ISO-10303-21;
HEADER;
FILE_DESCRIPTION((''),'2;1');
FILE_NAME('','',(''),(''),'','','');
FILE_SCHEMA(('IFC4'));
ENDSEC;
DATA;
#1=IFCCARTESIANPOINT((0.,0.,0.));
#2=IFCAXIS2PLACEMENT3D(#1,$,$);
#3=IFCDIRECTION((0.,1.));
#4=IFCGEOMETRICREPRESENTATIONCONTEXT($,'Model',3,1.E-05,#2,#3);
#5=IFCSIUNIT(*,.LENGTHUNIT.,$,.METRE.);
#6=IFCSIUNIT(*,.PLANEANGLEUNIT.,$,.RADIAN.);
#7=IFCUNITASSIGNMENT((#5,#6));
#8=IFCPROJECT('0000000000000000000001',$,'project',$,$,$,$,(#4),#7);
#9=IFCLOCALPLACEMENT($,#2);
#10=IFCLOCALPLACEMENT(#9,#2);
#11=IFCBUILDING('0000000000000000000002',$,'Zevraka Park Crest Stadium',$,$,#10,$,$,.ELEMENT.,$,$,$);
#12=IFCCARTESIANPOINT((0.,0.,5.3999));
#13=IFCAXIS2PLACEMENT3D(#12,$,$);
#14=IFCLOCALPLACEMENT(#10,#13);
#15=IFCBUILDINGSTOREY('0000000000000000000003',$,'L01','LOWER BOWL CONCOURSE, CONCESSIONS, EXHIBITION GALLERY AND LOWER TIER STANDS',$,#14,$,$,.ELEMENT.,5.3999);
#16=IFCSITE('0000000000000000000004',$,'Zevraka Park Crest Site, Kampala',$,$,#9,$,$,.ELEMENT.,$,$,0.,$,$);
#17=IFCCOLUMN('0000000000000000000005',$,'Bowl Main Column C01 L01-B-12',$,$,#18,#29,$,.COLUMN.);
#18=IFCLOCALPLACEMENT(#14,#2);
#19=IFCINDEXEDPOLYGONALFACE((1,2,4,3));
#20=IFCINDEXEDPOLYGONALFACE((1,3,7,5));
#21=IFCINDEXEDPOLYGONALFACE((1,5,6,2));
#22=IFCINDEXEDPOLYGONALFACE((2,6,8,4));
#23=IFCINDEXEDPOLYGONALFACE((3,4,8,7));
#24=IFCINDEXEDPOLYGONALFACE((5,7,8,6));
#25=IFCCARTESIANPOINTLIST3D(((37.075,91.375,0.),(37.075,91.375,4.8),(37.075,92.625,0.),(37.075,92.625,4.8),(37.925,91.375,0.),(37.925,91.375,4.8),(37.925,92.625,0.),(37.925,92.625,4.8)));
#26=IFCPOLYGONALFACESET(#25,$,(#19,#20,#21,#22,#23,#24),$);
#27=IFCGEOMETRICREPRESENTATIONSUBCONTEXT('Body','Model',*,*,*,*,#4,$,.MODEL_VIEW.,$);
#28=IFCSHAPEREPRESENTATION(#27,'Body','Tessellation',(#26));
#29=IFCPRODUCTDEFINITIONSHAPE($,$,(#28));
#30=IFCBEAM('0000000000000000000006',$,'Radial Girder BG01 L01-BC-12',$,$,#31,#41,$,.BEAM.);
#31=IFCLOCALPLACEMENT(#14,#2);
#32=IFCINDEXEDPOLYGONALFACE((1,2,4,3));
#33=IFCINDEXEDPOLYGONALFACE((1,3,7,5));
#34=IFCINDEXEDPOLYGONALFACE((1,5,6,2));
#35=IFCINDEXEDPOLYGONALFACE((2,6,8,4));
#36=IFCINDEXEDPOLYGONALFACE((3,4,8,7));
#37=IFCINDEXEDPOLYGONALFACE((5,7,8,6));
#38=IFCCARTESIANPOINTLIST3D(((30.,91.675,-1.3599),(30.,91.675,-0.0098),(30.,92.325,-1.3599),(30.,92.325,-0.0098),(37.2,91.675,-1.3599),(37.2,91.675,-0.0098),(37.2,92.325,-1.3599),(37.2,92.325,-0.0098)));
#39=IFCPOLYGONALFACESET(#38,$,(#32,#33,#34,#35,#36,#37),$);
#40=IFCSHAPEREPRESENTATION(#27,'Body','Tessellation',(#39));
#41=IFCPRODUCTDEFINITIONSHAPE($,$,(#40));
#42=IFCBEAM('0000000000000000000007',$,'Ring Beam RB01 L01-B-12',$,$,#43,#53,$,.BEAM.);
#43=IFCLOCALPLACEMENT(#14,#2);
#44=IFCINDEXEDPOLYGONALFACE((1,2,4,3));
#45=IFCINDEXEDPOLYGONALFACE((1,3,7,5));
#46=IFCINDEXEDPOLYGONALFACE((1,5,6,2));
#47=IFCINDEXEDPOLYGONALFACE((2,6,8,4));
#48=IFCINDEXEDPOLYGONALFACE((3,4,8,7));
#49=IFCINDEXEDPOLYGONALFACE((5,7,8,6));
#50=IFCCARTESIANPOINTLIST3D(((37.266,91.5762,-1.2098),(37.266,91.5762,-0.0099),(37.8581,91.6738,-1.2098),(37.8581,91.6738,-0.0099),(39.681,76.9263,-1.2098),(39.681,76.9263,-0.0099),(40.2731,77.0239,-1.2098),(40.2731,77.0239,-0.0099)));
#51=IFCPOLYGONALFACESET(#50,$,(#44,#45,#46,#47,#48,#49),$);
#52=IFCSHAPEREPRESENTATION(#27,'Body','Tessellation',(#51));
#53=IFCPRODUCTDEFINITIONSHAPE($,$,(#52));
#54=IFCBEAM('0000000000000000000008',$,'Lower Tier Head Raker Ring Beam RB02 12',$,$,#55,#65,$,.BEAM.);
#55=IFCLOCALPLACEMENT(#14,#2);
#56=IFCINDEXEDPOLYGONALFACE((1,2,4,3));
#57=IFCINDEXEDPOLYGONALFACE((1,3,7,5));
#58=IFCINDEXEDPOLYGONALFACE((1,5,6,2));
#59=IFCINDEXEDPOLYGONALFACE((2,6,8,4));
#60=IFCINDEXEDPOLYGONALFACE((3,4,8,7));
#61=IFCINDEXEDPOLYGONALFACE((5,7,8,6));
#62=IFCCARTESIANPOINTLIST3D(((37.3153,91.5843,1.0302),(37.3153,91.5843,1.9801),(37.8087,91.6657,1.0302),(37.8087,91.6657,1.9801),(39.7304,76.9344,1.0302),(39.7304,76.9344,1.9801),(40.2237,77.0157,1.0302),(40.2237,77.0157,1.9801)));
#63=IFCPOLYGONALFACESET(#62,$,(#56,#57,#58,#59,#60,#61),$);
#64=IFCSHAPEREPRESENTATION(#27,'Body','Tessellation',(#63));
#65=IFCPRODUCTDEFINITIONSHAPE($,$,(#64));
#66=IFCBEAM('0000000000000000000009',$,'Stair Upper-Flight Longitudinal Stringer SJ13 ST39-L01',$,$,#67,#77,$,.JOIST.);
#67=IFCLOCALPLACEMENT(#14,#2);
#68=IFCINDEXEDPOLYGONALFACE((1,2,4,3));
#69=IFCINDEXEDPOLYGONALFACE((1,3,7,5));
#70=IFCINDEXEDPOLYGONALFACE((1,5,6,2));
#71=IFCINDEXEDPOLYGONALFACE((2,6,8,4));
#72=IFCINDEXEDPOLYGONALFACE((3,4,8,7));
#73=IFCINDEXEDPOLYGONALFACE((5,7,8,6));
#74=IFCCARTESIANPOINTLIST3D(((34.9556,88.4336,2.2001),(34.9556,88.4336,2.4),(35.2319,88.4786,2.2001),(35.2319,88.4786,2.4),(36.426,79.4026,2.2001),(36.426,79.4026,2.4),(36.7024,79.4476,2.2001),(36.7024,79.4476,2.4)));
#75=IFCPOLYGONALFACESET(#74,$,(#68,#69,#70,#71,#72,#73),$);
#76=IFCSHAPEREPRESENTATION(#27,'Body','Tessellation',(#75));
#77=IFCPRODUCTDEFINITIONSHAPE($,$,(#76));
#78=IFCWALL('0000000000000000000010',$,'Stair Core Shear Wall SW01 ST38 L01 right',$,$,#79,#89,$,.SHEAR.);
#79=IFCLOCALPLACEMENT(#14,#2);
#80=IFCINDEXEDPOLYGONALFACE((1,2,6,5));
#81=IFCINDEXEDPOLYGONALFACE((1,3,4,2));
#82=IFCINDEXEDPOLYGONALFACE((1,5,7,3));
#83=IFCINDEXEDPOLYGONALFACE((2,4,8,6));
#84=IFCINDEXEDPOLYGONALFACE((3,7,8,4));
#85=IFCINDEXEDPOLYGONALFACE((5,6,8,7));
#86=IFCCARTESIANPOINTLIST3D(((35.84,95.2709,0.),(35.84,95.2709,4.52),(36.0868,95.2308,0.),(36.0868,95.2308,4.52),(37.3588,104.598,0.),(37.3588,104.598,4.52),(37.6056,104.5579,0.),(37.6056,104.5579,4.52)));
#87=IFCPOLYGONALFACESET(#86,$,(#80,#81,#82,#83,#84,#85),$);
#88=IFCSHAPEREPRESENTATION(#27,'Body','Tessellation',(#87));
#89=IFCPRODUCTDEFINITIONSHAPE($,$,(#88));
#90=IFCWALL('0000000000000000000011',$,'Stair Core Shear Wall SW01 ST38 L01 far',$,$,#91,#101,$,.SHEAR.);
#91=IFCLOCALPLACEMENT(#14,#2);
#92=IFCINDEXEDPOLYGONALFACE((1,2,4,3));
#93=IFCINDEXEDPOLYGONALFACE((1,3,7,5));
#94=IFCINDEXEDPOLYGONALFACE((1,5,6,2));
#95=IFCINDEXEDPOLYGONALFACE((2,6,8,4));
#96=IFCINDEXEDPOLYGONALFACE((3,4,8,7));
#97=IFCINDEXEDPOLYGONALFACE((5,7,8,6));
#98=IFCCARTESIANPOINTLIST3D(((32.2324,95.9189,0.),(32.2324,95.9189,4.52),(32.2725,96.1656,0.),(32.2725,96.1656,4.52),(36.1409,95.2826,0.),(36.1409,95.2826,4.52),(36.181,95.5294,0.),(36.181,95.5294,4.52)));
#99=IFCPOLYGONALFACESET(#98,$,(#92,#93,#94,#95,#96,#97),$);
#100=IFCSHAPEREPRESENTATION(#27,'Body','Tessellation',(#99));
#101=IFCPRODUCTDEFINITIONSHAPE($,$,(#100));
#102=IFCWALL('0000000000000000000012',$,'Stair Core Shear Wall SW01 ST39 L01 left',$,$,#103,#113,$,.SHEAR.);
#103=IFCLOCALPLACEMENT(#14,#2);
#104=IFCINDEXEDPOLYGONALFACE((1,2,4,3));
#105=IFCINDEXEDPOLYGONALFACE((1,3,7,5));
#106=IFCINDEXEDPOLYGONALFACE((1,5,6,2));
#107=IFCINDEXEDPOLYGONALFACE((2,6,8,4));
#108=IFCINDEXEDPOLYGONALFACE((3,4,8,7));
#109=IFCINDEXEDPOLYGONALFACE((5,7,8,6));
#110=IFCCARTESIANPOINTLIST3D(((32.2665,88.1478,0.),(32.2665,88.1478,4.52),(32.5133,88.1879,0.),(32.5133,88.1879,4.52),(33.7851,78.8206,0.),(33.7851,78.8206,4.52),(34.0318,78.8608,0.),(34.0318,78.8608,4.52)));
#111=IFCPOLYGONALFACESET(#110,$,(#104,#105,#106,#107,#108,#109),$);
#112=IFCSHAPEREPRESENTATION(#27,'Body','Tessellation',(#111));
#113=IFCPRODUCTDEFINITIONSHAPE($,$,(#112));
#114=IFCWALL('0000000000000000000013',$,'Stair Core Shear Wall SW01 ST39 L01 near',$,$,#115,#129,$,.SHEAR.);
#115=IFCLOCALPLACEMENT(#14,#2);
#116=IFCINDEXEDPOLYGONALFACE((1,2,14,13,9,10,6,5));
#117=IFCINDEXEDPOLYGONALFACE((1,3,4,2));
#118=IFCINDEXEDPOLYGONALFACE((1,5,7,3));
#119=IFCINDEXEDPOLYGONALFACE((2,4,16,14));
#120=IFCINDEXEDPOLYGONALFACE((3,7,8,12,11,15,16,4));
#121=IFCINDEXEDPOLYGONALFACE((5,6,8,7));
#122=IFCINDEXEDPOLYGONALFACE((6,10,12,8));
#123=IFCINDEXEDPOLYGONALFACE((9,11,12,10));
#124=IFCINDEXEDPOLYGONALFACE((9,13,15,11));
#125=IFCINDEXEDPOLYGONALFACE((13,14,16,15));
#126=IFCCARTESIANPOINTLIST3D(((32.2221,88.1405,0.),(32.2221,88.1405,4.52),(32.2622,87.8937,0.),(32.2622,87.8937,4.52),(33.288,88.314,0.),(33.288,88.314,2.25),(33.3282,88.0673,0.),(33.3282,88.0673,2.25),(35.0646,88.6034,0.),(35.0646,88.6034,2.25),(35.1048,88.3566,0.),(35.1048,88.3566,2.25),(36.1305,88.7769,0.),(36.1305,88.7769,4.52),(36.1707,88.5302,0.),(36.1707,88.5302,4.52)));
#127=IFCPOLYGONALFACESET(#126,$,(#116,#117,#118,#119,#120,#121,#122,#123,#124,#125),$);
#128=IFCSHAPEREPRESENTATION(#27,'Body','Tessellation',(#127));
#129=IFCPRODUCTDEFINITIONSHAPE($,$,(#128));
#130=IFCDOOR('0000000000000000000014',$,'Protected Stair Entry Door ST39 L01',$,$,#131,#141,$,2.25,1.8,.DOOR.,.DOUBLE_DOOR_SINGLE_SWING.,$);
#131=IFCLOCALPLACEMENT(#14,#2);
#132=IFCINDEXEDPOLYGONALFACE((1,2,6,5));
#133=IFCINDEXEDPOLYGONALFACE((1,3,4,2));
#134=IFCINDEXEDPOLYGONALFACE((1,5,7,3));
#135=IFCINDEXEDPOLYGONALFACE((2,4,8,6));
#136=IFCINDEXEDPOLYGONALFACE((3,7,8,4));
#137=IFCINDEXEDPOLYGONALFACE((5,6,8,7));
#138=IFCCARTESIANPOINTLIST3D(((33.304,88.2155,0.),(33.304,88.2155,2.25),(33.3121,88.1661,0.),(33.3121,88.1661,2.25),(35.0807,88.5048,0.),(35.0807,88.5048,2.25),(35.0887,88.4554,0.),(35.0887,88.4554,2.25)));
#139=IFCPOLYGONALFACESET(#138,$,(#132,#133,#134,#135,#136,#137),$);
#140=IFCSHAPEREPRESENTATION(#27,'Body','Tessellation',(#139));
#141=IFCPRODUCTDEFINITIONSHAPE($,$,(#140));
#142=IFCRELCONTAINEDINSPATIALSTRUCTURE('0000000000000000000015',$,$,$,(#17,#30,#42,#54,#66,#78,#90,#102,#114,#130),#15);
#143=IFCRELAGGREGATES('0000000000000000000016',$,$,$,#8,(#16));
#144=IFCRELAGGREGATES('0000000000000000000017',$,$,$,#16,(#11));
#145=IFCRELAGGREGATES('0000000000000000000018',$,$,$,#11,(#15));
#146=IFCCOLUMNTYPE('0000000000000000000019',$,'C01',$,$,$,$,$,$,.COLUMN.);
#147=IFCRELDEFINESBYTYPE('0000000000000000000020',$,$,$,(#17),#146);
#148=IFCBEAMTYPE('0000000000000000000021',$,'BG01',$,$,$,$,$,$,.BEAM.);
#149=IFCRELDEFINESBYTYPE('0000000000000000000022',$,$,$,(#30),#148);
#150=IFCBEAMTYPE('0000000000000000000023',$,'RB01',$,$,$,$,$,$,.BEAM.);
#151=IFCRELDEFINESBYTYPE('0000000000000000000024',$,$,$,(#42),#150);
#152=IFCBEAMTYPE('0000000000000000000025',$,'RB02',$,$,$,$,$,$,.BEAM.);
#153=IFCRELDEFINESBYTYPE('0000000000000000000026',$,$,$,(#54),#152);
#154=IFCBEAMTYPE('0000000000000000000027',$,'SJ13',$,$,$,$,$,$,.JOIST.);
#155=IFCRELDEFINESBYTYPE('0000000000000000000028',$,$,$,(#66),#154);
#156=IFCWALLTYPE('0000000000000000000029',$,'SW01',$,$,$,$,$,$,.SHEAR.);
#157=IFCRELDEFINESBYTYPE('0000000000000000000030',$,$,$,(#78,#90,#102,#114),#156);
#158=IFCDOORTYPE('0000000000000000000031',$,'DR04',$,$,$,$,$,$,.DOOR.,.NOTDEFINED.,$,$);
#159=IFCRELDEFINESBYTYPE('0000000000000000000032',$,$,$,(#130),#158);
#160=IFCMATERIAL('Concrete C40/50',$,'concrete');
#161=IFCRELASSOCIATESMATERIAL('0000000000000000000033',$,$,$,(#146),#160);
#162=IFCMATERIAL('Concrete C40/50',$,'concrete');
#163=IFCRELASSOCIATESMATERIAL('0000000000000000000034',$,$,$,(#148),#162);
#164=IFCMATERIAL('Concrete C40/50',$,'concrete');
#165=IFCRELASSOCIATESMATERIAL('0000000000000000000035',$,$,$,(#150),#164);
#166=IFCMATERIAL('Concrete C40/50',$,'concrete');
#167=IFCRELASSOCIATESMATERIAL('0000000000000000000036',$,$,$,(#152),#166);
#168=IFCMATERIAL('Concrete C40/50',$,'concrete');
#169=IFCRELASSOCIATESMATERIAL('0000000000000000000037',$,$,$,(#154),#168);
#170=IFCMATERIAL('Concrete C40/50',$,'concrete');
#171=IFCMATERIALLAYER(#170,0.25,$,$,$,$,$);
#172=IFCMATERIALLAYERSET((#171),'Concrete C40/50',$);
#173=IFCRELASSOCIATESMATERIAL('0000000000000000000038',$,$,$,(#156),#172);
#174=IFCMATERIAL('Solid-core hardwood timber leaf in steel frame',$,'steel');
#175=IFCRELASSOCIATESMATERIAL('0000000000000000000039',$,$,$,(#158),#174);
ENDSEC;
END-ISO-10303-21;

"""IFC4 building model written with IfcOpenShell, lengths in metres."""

from ifc_helpers import new_model, si_unit, direction, frame, frame_2d, origin, origin_2d, place, context, subcontext, project, spatial, rectangle, extrude, material, layer, layer_set, material_profile, profile_set, type_object, element, fill, save


model = new_model("IFC4")

# Units and contexts
model_context = context("Model", 3, precision=1e-05, world=origin(), true_north=direction((0.0, 1.0)))
body_context = subcontext(model_context, "Body", "Model", "MODEL_VIEW")
ifc_project = project(units=[si_unit("LENGTHUNIT", "METRE"), si_unit("PLANEANGLEUNIT", "RADIAN")], contexts=[model_context])

# Site, building, storey
site_placement = place(None, origin())
site = spatial("IfcSite", under=ifc_project, at=site_placement, Name="Zevraka Park Crest Site, Kampala", CompositionType="ELEMENT", RefElevation=0.0)
building_placement = place(site_placement, origin())
building = spatial("IfcBuilding", under=site, at=building_placement, Name="Zevraka Park Crest Stadium", CompositionType="ELEMENT")
storey_placement = place(building_placement, frame((0.0, 0.0, 5.3999)))
storey = spatial("IfcBuildingStorey", under=building, at=storey_placement, Name="L01", Description="LOWER BOWL CONCOURSE, CONCESSIONS, EXHIBITION GALLERY AND LOWER TIER STANDS", CompositionType="ELEMENT", Elevation=5.3999)

# Column
ifc_material_1 = material(Name="Concrete C40/50", Category="concrete")
ifc_material_profile_1 = material_profile(ifc_material_1, rectangle(XDim=0.8501, YDim=1.25, at=origin_2d()), Name="RC 1250x850")
ifc_profile_set_1 = profile_set([ifc_material_profile_1], Name="Concrete C40/50")
column_type = type_object("IfcColumnType", Name="C01", PredefinedType="COLUMN", material=ifc_profile_set_1)
column_placement = place(storey_placement, frame((37.5, 92.0, 0.0), z_axis=(0.0, 0.0, 1.0), x_axis=(1.0, 0.0, 0.0)))
element("IfcColumn", 1, at=column_placement, inside=storey, type_object=column_type, Name="Bowl Main Column C01 L01-B-12", PredefinedType="COLUMN", context=body_context, shape_type="SweptSolid", body=[
    extrude(rectangle(XDim=0.8501, YDim=1.25, at=origin_2d()), origin(), (0.0, 0.0, 1.0), 4.8),
])

# Beams
ifc_material_2 = material(Name="Concrete C40/50", Category="concrete")
ifc_material_profile_2 = material_profile(ifc_material_2, rectangle(XDim=0.6499, YDim=1.3501, at=origin_2d()), Name="RC 1350x650")
ifc_profile_set_2 = profile_set([ifc_material_profile_2], Name="Concrete C40/50")
beam_type_1 = type_object("IfcBeamType", Name="BG01", PredefinedType="BEAM", material=ifc_profile_set_2)
beam_1_placement = place(storey_placement, frame((37.2, 92.0, -0.6848), z_axis=(-1.0, 0.0, 0.0), x_axis=(0.0, -1.0, 0.0)))
element("IfcBeam", 2, at=beam_1_placement, inside=storey, type_object=beam_type_1, Name="Radial Girder BG01 L01-BC-12", PredefinedType="BEAM", context=body_context, shape_type="SweptSolid", body=[
    extrude(rectangle(XDim=0.6499, YDim=1.3501, at=origin_2d()), origin(), (0.0, 0.0, 1.0), 7.2),
])
ifc_material_3 = material(Name="Concrete C40/50", Category="concrete")
ifc_material_profile_3 = material_profile(ifc_material_3, rectangle(XDim=0.6001, YDim=1.2, at=origin_2d()), Name="RC 1200x600")
ifc_profile_set_3 = profile_set([ifc_material_profile_3], Name="Concrete C40/50")
beam_type_2 = type_object("IfcBeamType", Name="RB01", PredefinedType="BEAM", material=ifc_profile_set_3)
beam_2_placement = place(storey_placement, frame((37.562, 91.625, -0.6099), z_axis=(0.162655, -0.986683, 0.0), x_axis=(0.986683, 0.162655, 0.0)))
element("IfcBeam", 3, at=beam_2_placement, inside=storey, type_object=beam_type_2, Name="Ring Beam RB01 L01-B-12", PredefinedType="BEAM", context=body_context, shape_type="SweptSolid", body=[
    extrude(rectangle(XDim=0.6001, YDim=1.2, at=origin_2d()), origin(), (0.0, 0.0, 1.0), 14.8477),
])
ifc_material_4 = material(Name="Concrete C40/50", Category="concrete")
ifc_material_profile_4 = material_profile(ifc_material_4, rectangle(XDim=0.5, YDim=0.95, at=origin_2d()), Name="RC 950x500")
ifc_profile_set_4 = profile_set([ifc_material_profile_4], Name="Concrete C40/50")
beam_type_3 = type_object("IfcBeamType", Name="RB02", PredefinedType="BEAM", material=ifc_profile_set_4)
beam_3_placement = place(storey_placement, frame((37.562, 91.625, 1.5051), z_axis=(0.162655, -0.986683, 0.0), x_axis=(0.986683, 0.162655, 0.0)))
element("IfcBeam", 4, at=beam_3_placement, inside=storey, type_object=beam_type_3, Name="Lower Tier Head Raker Ring Beam RB02 12", PredefinedType="BEAM", context=body_context, shape_type="SweptSolid", body=[
    extrude(rectangle(XDim=0.5, YDim=0.95, at=origin_2d()), origin(), (0.0, 0.0, 1.0), 14.8477),
])
ifc_material_5 = material(Name="Concrete C40/50", Category="concrete")
ifc_material_profile_5 = material_profile(ifc_material_5, rectangle(XDim=0.28, YDim=0.2, at=origin_2d()), Name="RC 200x280")
ifc_profile_set_5 = profile_set([ifc_material_profile_5], Name="Concrete C40/50")
beam_type_4 = type_object("IfcBeamType", Name="SJ13", PredefinedType="JOIST", material=ifc_profile_set_5)
beam_4_placement = place(storey_placement, frame((35.0938, 88.4561, 2.3), z_axis=(0.160707, -0.987002, 0.0), x_axis=(0.987002, 0.160707, 0.0)))
element("IfcBeam", 5, at=beam_4_placement, inside=storey, type_object=beam_type_4, Name="Stair Upper-Flight Longitudinal Stringer SJ13 ST39-L01", PredefinedType="JOIST", context=body_context, shape_type="SweptSolid", body=[
    extrude(rectangle(XDim=0.28, YDim=0.2, at=origin_2d()), origin(), (0.0, 0.0, 1.0), 9.1499),
])

# Walls
ifc_material_6 = material(Name="Concrete C40/50", Category="concrete")
ifc_layer = layer(ifc_material_6, 0.25)
ifc_layer_set = layer_set([ifc_layer], Name="Concrete C40/50")
wall_type = type_object("IfcWallType", Name="SW01", PredefinedType="SHEAR", material=ifc_layer_set)
wall_1_placement = place(storey_placement, frame((35.9634, 95.2507, 0.0), z_axis=(0.0, 0.0, 1.0), x_axis=(0.160719, 0.987, 0.0)))
element("IfcWall", 6, at=wall_1_placement, inside=storey, type_object=wall_type, Name="Stair Core Shear Wall SW01 ST38 L01 right", PredefinedType="SHEAR", context=body_context, shape_type="SweptSolid", body=[
    extrude(rectangle(XDim=9.45, YDim=0.25, at=frame_2d((4.7251, 0.0))), origin(), (0.0, 0.0, 1.0), 4.52),
])
wall_2_placement = place(storey_placement, frame((32.2524, 96.0422, 0.0), z_axis=(0.0, 0.0, 1.0), x_axis=(0.987008, -0.160669, 0.0)))
element("IfcWall", 7, at=wall_2_placement, inside=storey, type_object=wall_type, Name="Stair Core Shear Wall SW01 ST38 L01 far", PredefinedType="SHEAR", context=body_context, shape_type="SweptSolid", body=[
    extrude(rectangle(XDim=3.96, YDim=0.25, at=frame_2d((1.98, 0.0))), origin(), (0.0, 0.0, 1.0), 4.52),
])
wall_3_placement = place(storey_placement, frame((32.3899, 88.168, 0.0), z_axis=(0.0, 0.0, 1.0), x_axis=(0.160694, -0.987004, 0.0)))
element("IfcWall", 8, at=wall_3_placement, inside=storey, type_object=wall_type, Name="Stair Core Shear Wall SW01 ST39 L01 left", PredefinedType="SHEAR", context=body_context, shape_type="SweptSolid", body=[
    extrude(rectangle(XDim=9.45, YDim=0.25, at=frame_2d((4.7251, 0.0))), origin(), (0.0, 0.0, 1.0), 4.52),
])

# Wall, opening, door
wall_4_placement = place(storey_placement, frame((36.1506, 88.6536, 0.0), z_axis=(0.0, 0.0, 1.0), x_axis=(-0.986999, -0.160729, 0.0)))
wall_4 = element("IfcWall", 9, at=wall_4_placement, inside=storey, type_object=wall_type, Name="Stair Core Shear Wall SW01 ST39 L01 near", PredefinedType="SHEAR", context=body_context, shape_type="SweptSolid", body=[
    extrude(rectangle(XDim=3.96, YDim=0.25, at=frame_2d((1.98, 0.0))), origin(), (0.0, 0.0, 1.0), 4.52),
])
opening_placement = place(wall_4_placement, frame((1.0801, 0.0, 0.0)))
opening = element("IfcOpeningElement", 10, at=opening_placement, cuts=wall_4, PredefinedType="OPENING", context=body_context, shape_type="SweptSolid", body=[
    extrude(rectangle(XDim=1.8, YDim=2.25, at=frame_2d((0.8999, 1.125))), frame((0.0, 0.135, 0.0), z_axis=(0.0, -1.0, 0.0), x_axis=(1.0, 0.0, 0.0)), (0.0, 0.0, 1.0), 0.27),
])
ifc_material_7 = material(Name="Solid-core hardwood timber leaf in steel frame", Category="steel")
door_type = type_object("IfcDoorType", Name="DR04", OperationType="NOTDEFINED", PredefinedType="DOOR", material=ifc_material_7)
door_placement = place(opening_placement, origin())
door = element("IfcDoor", 11, at=door_placement, inside=storey, type_object=door_type, Name="Protected Stair Entry Door ST39 L01", OperationType="DOUBLE_DOOR_SINGLE_SWING", OverallHeight=2.25, OverallWidth=1.8, PredefinedType="DOOR", context=body_context, shape_type="SweptSolid", body=[
    extrude(rectangle(XDim=1.8, YDim=2.25, at=frame_2d((0.8999, 1.125))), frame((0.0, 0.0249, 0.0), z_axis=(0.0, -1.0, 0.0), x_axis=(1.0, 0.0, 0.0)), (0.0, 0.0, 1.0), 0.05),
])
fill(opening, door)

save(model, "model.ifc")
